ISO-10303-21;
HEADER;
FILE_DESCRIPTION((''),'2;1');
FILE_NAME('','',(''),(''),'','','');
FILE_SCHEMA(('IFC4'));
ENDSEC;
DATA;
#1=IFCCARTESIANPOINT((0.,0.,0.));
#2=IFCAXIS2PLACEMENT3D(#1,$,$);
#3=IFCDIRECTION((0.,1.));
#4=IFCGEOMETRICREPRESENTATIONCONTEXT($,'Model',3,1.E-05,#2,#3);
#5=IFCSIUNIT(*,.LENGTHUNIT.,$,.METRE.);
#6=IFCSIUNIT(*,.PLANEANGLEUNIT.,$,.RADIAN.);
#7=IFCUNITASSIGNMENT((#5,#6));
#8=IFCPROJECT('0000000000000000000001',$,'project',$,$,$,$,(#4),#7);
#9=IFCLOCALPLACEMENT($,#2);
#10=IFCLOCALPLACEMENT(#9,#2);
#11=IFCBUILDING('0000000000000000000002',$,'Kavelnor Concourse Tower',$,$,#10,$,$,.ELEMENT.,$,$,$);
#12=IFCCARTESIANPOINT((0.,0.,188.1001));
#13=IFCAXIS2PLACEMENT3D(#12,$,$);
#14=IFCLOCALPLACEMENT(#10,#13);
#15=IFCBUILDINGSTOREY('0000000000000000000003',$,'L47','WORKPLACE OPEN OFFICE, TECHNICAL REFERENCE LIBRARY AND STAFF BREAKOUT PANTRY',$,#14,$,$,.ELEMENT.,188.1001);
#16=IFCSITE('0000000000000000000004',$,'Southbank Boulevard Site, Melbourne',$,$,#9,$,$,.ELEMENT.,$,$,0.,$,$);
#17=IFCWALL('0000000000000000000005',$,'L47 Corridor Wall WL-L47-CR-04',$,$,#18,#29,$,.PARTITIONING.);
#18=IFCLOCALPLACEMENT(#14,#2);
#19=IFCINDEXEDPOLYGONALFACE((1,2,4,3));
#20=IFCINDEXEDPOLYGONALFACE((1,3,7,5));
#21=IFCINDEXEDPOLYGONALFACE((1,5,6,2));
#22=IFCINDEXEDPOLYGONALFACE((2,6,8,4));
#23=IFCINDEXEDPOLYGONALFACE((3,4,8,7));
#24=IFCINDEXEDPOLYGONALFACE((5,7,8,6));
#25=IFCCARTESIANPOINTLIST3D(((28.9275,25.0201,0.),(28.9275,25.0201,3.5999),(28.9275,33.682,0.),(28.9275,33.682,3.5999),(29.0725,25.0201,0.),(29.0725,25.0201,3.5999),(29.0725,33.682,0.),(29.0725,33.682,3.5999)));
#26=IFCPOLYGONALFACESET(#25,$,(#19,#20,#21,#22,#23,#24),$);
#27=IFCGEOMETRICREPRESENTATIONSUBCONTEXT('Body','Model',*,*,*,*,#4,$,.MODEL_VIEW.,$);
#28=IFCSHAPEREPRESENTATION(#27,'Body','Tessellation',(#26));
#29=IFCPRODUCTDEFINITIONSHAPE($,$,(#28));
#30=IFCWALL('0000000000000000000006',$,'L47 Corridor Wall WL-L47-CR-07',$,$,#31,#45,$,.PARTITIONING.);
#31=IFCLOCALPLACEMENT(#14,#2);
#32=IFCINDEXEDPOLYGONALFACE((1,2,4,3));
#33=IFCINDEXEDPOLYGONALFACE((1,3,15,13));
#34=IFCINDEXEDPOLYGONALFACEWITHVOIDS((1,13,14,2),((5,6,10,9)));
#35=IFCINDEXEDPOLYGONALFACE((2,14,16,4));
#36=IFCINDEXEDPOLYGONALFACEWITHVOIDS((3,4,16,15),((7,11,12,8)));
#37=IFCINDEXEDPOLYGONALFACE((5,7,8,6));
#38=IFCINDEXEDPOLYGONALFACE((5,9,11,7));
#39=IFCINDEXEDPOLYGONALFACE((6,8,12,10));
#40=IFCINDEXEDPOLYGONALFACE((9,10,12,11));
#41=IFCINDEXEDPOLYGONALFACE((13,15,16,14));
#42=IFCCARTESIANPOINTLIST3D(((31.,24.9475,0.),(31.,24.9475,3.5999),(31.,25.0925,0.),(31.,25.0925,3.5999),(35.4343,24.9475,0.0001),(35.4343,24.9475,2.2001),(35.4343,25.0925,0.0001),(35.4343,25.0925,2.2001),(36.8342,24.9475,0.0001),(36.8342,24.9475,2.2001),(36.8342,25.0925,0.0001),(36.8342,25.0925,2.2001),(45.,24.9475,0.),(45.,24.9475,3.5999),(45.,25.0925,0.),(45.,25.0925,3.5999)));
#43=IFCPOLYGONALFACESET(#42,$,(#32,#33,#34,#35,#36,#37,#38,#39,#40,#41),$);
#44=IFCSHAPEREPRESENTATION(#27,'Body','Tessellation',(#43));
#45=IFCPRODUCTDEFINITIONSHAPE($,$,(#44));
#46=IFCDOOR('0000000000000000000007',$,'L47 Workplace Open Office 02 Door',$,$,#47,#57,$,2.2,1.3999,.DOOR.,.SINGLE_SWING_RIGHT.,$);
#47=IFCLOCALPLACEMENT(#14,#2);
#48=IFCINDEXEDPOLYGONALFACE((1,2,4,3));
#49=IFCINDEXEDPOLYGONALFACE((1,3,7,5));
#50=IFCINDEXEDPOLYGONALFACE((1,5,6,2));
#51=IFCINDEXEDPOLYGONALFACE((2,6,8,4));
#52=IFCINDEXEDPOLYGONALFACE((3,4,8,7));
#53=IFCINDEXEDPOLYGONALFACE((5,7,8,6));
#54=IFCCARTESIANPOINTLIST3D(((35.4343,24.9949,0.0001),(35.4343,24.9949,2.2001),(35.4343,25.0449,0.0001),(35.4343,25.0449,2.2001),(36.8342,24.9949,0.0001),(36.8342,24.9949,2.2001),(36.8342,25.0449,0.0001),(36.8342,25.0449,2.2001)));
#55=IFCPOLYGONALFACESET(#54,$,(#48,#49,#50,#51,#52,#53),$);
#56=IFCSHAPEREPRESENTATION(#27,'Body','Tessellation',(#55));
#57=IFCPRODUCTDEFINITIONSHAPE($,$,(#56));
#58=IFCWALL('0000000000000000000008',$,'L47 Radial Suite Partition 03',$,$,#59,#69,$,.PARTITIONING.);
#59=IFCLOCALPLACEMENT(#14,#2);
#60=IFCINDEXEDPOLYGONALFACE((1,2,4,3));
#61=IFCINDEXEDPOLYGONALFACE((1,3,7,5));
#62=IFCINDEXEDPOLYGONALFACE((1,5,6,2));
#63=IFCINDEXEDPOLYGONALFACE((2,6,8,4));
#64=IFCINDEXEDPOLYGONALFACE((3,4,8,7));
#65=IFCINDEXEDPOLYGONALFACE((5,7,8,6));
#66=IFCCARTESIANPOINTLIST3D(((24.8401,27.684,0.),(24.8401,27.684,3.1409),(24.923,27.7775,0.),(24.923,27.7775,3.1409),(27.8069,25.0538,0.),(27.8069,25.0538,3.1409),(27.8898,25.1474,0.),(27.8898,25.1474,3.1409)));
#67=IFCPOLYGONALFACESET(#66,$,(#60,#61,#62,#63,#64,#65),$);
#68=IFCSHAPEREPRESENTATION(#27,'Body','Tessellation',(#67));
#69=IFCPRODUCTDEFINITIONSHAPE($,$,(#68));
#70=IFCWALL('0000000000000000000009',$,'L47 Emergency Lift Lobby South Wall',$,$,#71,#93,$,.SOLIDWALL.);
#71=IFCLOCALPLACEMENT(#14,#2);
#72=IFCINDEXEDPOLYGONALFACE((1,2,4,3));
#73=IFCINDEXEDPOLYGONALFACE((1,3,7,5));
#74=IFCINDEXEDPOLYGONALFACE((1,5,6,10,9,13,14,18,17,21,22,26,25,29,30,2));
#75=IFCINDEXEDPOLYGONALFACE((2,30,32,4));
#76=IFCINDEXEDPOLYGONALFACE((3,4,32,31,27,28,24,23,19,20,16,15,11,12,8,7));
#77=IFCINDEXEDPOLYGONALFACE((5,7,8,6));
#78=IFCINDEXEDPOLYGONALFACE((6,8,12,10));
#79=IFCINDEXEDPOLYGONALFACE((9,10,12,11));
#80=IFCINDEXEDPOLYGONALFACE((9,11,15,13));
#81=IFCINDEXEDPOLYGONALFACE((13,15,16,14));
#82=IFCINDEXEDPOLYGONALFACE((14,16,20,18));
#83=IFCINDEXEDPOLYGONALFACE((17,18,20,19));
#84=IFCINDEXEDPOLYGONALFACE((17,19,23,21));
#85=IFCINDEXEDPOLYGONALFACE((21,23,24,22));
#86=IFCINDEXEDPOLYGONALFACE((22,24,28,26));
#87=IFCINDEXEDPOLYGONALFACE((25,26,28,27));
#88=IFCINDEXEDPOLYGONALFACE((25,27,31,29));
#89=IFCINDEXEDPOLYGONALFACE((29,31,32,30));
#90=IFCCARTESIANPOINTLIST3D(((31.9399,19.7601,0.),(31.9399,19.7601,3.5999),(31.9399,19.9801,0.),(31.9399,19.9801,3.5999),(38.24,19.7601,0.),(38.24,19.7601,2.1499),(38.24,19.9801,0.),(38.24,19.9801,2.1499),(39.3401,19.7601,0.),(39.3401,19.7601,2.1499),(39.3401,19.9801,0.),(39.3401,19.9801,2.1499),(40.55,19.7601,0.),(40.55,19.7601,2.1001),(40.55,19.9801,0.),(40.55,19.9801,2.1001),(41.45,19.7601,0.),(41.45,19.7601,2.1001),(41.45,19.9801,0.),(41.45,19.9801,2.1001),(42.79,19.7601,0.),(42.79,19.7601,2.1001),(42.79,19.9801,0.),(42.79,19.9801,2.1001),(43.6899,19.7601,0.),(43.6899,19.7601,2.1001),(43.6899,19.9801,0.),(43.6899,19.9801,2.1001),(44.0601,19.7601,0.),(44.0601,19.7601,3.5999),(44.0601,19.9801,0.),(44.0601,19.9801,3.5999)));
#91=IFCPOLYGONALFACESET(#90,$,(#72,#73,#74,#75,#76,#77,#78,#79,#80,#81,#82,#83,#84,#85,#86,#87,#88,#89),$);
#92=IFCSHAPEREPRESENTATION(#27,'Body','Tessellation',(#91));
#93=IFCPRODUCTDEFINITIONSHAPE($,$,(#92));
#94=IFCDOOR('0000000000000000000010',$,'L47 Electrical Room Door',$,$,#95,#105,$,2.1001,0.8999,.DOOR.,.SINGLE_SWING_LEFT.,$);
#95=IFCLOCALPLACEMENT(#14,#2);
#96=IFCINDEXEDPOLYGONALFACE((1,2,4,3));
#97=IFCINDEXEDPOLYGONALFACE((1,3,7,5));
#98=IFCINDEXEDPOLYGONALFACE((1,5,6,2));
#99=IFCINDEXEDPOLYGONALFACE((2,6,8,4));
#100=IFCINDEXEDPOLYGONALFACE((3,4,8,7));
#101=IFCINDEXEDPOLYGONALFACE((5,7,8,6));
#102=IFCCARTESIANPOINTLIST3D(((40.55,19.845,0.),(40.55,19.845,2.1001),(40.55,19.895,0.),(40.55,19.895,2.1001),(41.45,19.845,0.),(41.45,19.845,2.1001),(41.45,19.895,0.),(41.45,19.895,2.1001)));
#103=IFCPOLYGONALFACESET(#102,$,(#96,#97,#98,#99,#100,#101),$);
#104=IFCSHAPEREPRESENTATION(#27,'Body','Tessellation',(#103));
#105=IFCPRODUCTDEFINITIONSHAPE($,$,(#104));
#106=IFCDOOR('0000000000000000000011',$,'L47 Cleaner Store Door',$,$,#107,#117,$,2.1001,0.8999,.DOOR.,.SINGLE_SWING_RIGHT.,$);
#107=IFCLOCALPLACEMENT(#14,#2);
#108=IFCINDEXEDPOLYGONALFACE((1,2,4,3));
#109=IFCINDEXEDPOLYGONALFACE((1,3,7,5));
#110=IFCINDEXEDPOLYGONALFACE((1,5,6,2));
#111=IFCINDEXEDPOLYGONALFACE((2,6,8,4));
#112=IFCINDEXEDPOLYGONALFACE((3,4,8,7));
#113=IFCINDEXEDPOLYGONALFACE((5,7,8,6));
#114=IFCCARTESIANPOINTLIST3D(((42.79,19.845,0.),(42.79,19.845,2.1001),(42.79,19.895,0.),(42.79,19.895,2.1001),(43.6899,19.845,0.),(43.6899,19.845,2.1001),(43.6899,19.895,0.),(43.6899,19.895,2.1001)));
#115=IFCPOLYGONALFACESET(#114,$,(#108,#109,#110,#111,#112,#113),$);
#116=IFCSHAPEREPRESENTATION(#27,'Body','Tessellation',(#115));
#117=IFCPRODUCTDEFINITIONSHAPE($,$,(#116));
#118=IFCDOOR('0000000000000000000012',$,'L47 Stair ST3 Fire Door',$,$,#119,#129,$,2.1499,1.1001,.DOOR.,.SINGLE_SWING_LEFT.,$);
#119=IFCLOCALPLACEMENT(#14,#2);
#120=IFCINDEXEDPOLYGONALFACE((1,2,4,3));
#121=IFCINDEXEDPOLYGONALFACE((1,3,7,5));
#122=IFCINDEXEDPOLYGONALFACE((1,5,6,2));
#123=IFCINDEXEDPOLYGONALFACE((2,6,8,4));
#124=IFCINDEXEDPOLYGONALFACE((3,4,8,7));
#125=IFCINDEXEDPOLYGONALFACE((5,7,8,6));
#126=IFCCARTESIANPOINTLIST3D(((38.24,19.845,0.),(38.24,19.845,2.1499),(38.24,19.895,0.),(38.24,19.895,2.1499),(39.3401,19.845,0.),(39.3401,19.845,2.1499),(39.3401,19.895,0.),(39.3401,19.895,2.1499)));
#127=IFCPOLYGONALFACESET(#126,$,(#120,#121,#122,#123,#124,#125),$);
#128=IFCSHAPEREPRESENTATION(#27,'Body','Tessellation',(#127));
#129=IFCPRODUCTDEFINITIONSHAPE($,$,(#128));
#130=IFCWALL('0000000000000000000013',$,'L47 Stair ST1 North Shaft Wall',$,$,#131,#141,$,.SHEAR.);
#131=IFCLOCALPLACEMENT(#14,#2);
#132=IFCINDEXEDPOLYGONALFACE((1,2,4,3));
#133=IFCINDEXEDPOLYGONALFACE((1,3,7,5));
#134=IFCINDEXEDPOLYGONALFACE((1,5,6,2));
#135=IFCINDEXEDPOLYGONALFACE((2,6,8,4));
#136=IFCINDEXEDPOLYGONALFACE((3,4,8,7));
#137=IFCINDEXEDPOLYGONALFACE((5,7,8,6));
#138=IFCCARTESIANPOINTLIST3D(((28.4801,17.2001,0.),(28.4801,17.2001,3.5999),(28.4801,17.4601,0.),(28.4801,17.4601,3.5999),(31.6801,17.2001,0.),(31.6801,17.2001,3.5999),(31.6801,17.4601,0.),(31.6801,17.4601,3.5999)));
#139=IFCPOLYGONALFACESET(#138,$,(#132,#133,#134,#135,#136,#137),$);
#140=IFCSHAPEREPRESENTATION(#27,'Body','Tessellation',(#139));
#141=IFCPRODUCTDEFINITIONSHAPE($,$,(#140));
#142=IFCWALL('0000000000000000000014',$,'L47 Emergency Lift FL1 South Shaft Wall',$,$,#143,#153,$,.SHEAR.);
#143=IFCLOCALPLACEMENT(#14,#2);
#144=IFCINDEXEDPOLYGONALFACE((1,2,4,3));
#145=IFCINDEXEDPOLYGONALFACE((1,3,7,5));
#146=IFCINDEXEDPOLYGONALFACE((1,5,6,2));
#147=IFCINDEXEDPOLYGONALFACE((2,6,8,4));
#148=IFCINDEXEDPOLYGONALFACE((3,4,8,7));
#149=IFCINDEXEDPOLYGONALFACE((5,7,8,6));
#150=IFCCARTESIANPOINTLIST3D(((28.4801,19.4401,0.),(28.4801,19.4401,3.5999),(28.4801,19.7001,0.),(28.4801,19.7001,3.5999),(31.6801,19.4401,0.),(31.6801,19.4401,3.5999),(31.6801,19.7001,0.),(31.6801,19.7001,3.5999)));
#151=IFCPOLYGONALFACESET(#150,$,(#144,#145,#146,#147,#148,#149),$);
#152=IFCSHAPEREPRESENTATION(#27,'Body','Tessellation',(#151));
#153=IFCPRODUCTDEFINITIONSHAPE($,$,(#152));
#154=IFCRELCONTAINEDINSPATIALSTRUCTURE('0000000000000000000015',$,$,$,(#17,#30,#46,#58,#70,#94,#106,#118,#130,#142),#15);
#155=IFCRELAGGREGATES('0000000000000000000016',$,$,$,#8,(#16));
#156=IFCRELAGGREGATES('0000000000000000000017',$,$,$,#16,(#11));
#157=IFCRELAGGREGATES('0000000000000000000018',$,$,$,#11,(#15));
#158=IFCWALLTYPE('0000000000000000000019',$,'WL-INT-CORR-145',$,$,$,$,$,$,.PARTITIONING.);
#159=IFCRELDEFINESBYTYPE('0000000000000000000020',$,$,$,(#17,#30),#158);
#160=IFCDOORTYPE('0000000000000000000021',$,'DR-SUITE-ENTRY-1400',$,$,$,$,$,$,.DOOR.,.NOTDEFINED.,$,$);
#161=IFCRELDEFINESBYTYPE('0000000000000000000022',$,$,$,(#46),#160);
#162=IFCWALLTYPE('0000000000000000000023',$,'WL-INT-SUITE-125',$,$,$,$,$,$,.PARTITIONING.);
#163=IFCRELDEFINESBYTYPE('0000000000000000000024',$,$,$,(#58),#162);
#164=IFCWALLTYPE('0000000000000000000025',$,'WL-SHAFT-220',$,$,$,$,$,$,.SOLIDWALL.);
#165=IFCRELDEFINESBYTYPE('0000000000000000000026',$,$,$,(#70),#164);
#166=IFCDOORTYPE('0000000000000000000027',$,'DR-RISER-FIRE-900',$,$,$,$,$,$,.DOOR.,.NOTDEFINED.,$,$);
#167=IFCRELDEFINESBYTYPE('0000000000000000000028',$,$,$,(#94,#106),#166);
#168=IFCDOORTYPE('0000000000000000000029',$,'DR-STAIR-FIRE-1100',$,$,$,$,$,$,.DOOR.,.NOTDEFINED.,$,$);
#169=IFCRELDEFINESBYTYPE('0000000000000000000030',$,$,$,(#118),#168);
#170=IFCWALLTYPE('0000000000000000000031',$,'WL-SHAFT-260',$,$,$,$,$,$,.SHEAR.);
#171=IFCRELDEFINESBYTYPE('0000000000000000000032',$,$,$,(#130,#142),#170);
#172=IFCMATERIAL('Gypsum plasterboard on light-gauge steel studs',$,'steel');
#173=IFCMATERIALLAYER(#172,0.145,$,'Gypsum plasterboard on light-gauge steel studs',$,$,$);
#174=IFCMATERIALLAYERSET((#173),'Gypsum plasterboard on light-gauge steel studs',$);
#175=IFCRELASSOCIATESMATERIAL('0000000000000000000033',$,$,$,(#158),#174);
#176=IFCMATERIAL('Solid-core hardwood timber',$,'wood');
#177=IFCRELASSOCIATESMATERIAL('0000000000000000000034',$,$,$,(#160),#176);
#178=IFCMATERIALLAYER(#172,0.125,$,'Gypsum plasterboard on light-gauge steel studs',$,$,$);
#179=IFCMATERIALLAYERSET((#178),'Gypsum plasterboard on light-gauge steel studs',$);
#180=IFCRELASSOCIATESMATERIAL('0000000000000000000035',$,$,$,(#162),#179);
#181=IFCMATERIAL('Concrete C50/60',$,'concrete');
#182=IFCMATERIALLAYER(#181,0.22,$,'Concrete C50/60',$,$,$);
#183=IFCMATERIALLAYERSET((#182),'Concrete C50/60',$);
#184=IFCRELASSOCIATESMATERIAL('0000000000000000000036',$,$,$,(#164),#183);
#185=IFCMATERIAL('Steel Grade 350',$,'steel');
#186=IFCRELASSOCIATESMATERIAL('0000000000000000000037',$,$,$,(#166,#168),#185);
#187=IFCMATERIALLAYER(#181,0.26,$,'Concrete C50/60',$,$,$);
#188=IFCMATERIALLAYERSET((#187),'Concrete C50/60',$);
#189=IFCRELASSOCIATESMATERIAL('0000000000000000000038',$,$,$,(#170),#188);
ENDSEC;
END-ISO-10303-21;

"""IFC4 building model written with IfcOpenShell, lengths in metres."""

from ifc_helpers import new_model, si_unit, direction, frame, frame_2d, origin, place, context, subcontext, project, spatial, rectangle, extrude, material, layer, layer_set, type_object, element, fill, save


model = new_model("IFC4")

# Units and contexts
model_context = context("Model", 3, precision=1e-05, world=origin(), true_north=direction((0.0, 1.0)))
body_context = subcontext(model_context, "Body", "Model", "MODEL_VIEW")
ifc_project = project(units=[si_unit("LENGTHUNIT", "METRE"), si_unit("PLANEANGLEUNIT", "RADIAN")], contexts=[model_context])

# Site, building, storey
site_placement = place(None, origin())
site = spatial("IfcSite", under=ifc_project, at=site_placement, Name="Southbank Boulevard Site, Melbourne", CompositionType="ELEMENT", RefElevation=0.0)
building_placement = place(site_placement, origin())
building = spatial("IfcBuilding", under=site, at=building_placement, Name="Kavelnor Concourse Tower", CompositionType="ELEMENT")
storey_placement = place(building_placement, frame((0.0, 0.0, 188.1001)))
storey = spatial("IfcBuildingStorey", under=building, at=storey_placement, Name="L47", Description="WORKPLACE OPEN OFFICE, TECHNICAL REFERENCE LIBRARY AND STAFF BREAKOUT PANTRY", CompositionType="ELEMENT", Elevation=188.1001)

# Shared definitions
ifc_material_1 = material(Name="Steel Grade 350", Category="steel")

# Shared definitions
ifc_material_2 = material(Name="Concrete C50/60", Category="concrete")

# Wall
ifc_material_3 = material(Name="Gypsum plasterboard on light-gauge steel studs", Category="steel")
ifc_layer_1 = layer(ifc_material_3, 0.145, Name="Gypsum plasterboard on light-gauge steel studs")
ifc_layer_set_1 = layer_set([ifc_layer_1], Name="Gypsum plasterboard on light-gauge steel studs")
wall_type_1 = type_object("IfcWallType", Name="WL-INT-CORR-145", PredefinedType="PARTITIONING", material=ifc_layer_set_1)
wall_1_placement = place(storey_placement, frame((29.0, 25.02, 0.0), z_axis=(0.0, 0.0, 1.0), x_axis=(0.0, 1.0, 0.0)))
element("IfcWall", 1, at=wall_1_placement, inside=storey, type_object=wall_type_1, Name="L47 Corridor Wall WL-L47-CR-04", PredefinedType="PARTITIONING", context=body_context, shape_type="SweptSolid", body=[
    extrude(rectangle(XDim=8.6619, YDim=0.145, at=frame_2d((4.3311, 0.0))), origin(), (0.0, 0.0, 1.0), 3.5999),
])

# Wall, opening, door
wall_2_placement = place(storey_placement, frame((31.0, 25.02, 0.0), z_axis=(0.0, 0.0, 1.0), x_axis=(1.0, 0.0, 0.0)))
wall_2 = element("IfcWall", 2, at=wall_2_placement, inside=storey, type_object=wall_type_1, Name="L47 Corridor Wall WL-L47-CR-07", PredefinedType="PARTITIONING", context=body_context, shape_type="SweptSolid", body=[
    extrude(rectangle(XDim=14.0, YDim=0.145, at=frame_2d((7.0, 0.0))), origin(), (0.0, 0.0, 1.0), 3.5999),
])
opening_1_placement = place(wall_2_placement, frame((4.4343, 0.0, 0.0)))
opening_1 = element("IfcOpeningElement", 3, at=opening_1_placement, cuts=wall_2, PredefinedType="OPENING", context=body_context, shape_type="SweptSolid", body=[
    extrude(rectangle(XDim=1.3999, YDim=2.2, at=frame_2d((0.7, 1.1001))), frame((0.0, 0.0825, 0.0), z_axis=(0.0, -1.0, 0.0), x_axis=(1.0, 0.0, 0.0)), (0.0, 0.0, 1.0), 0.165),
])
ifc_material_4 = material(Name="Solid-core hardwood timber", Category="wood")
door_type_1 = type_object("IfcDoorType", Name="DR-SUITE-ENTRY-1400", OperationType="NOTDEFINED", PredefinedType="DOOR", material=ifc_material_4)
door_1_placement = place(opening_1_placement, origin())
door_1 = element("IfcDoor", 4, at=door_1_placement, inside=storey, type_object=door_type_1, Name="L47 Workplace Open Office 02 Door", OperationType="SINGLE_SWING_RIGHT", OverallHeight=2.2, OverallWidth=1.3999, PredefinedType="DOOR", context=body_context, shape_type="SweptSolid", body=[
    extrude(rectangle(XDim=1.3999, YDim=2.2, at=frame_2d((0.7, 1.1001))), frame((0.0, 0.0249, 0.0), z_axis=(0.0, -1.0, 0.0), x_axis=(1.0, 0.0, 0.0)), (0.0, 0.0, 1.0), 0.05),
])
fill(opening_1, door_1)

# Wall
ifc_layer_2 = layer(ifc_material_3, 0.125, Name="Gypsum plasterboard on light-gauge steel studs")
ifc_layer_set_2 = layer_set([ifc_layer_2], Name="Gypsum plasterboard on light-gauge steel studs")
wall_type_2 = type_object("IfcWallType", Name="WL-INT-SUITE-125", PredefinedType="PARTITIONING", material=ifc_layer_set_2)
wall_3_placement = place(storey_placement, frame((27.8484, 25.1006, 0.0), z_axis=(0.0, 0.0, 1.0), x_axis=(-0.748289, 0.663373, 0.0)))
element("IfcWall", 5, at=wall_3_placement, inside=storey, type_object=wall_type_2, Name="L47 Radial Suite Partition 03", PredefinedType="PARTITIONING", context=body_context, shape_type="SweptSolid", body=[
    extrude(rectangle(XDim=3.9648, YDim=0.125, at=frame_2d((1.9824, 0.0))), origin(), (0.0, 0.0, 1.0), 3.1409),
])

# Wall, openings, doors
ifc_layer_3 = layer(ifc_material_2, 0.22, Name="Concrete C50/60")
ifc_layer_set_3 = layer_set([ifc_layer_3], Name="Concrete C50/60")
wall_type_3 = type_object("IfcWallType", Name="WL-SHAFT-220", PredefinedType="SOLIDWALL", material=ifc_layer_set_3)
wall_4_placement = place(storey_placement, frame((31.9399, 19.8701, 0.0), z_axis=(0.0, 0.0, 1.0), x_axis=(1.0, 0.0, 0.0)))
wall_4 = element("IfcWall", 6, at=wall_4_placement, inside=storey, type_object=wall_type_3, Name="L47 Emergency Lift Lobby South Wall", PredefinedType="SOLIDWALL", context=body_context, shape_type="SweptSolid", body=[
    extrude(rectangle(XDim=12.1201, YDim=0.22, at=frame_2d((6.0601, 0.0))), origin(), (0.0, 0.0, 1.0), 3.5999),
])
opening_2_placement = place(wall_4_placement, frame((6.3, 0.0, 0.0)))
opening_2 = element("IfcOpeningElement", 7, at=opening_2_placement, cuts=wall_4, PredefinedType="OPENING", context=body_context, shape_type="SweptSolid", body=[
    extrude(rectangle(XDim=1.1001, YDim=2.1499, at=frame_2d((0.55, 1.075))), frame((0.0, 0.1201, 0.0), z_axis=(0.0, -1.0, 0.0), x_axis=(1.0, 0.0, 0.0)), (0.0, 0.0, 1.0), 0.24),
])
opening_3_placement = place(wall_4_placement, frame((8.6101, 0.0, 0.0)))
opening_3 = element("IfcOpeningElement", 8, at=opening_3_placement, cuts=wall_4, PredefinedType="OPENING", context=body_context, shape_type="SweptSolid", body=[
    extrude(rectangle(XDim=0.8999, YDim=2.1001, at=frame_2d((0.45, 1.05))), frame((0.0, 0.1201, 0.0), z_axis=(0.0, -1.0, 0.0), x_axis=(1.0, 0.0, 0.0)), (0.0, 0.0, 1.0), 0.24),
])
opening_4_placement = place(wall_4_placement, frame((10.8501, 0.0, 0.0)))
opening_4 = element("IfcOpeningElement", 9, at=opening_4_placement, cuts=wall_4, PredefinedType="OPENING", context=body_context, shape_type="SweptSolid", body=[
    extrude(rectangle(XDim=0.8999, YDim=2.1001, at=frame_2d((0.45, 1.05))), frame((0.0, 0.1201, 0.0), z_axis=(0.0, -1.0, 0.0), x_axis=(1.0, 0.0, 0.0)), (0.0, 0.0, 1.0), 0.24),
])
door_type_2 = type_object("IfcDoorType", Name="DR-RISER-FIRE-900", OperationType="NOTDEFINED", PredefinedType="DOOR", material=ifc_material_1)
door_2_placement = place(opening_3_placement, origin())
door_2 = element("IfcDoor", 10, at=door_2_placement, inside=storey, type_object=door_type_2, Name="L47 Electrical Room Door", OperationType="SINGLE_SWING_LEFT", OverallHeight=2.1001, OverallWidth=0.8999, PredefinedType="DOOR", context=body_context, shape_type="SweptSolid", body=[
    extrude(rectangle(XDim=0.8999, YDim=2.1001, at=frame_2d((0.45, 1.05))), frame((0.0, 0.0249, 0.0), z_axis=(0.0, -1.0, 0.0), x_axis=(1.0, 0.0, 0.0)), (0.0, 0.0, 1.0), 0.05),
])
fill(opening_3, door_2)
door_3_placement = place(opening_4_placement, origin())
door_3 = element("IfcDoor", 11, at=door_3_placement, inside=storey, type_object=door_type_2, Name="L47 Cleaner Store Door", OperationType="SINGLE_SWING_RIGHT", OverallHeight=2.1001, OverallWidth=0.8999, PredefinedType="DOOR", context=body_context, shape_type="SweptSolid", body=[
    extrude(rectangle(XDim=0.8999, YDim=2.1001, at=frame_2d((0.45, 1.05))), frame((0.0, 0.0249, 0.0), z_axis=(0.0, -1.0, 0.0), x_axis=(1.0, 0.0, 0.0)), (0.0, 0.0, 1.0), 0.05),
])
fill(opening_4, door_3)
door_type_3 = type_object("IfcDoorType", Name="DR-STAIR-FIRE-1100", OperationType="NOTDEFINED", PredefinedType="DOOR", material=ifc_material_1)
door_4_placement = place(opening_2_placement, origin())
door_4 = element("IfcDoor", 12, at=door_4_placement, inside=storey, type_object=door_type_3, Name="L47 Stair ST3 Fire Door", OperationType="SINGLE_SWING_LEFT", OverallHeight=2.1499, OverallWidth=1.1001, PredefinedType="DOOR", context=body_context, shape_type="SweptSolid", body=[
    extrude(rectangle(XDim=1.1001, YDim=2.1499, at=frame_2d((0.55, 1.075))), frame((0.0, 0.0249, 0.0), z_axis=(0.0, -1.0, 0.0), x_axis=(1.0, 0.0, 0.0)), (0.0, 0.0, 1.0), 0.05),
])
fill(opening_2, door_4)

# Walls
ifc_layer_4 = layer(ifc_material_2, 0.26, Name="Concrete C50/60")
ifc_layer_set_4 = layer_set([ifc_layer_4], Name="Concrete C50/60")
wall_type_4 = type_object("IfcWallType", Name="WL-SHAFT-260", PredefinedType="SHEAR", material=ifc_layer_set_4)
for number, where, z_axis, x_axis, name in (
    (13, (28.48, 17.3301, 0.0), (0.0, 0.0, 1.0), (1.0, 0.0, 0.0), "L47 Stair ST1 North Shaft Wall"),
    (14, (28.48, 19.5701, 0.0), (0.0, 0.0, 1.0), (1.0, 0.0, 0.0), "L47 Emergency Lift FL1 South Shaft Wall"),
):
    element("IfcWall", number, at=place(storey_placement, frame(where, z_axis=z_axis, x_axis=x_axis)), inside=storey, type_object=wall_type_4, Name=name, PredefinedType="SHEAR", context=body_context, shape_type="SweptSolid", body=[
        extrude(rectangle(XDim=3.2, YDim=0.26, at=frame_2d((1.6001, 0.0))), origin(), (0.0, 0.0, 1.0), 3.5999),
    ])

save(model, "model.ifc")
